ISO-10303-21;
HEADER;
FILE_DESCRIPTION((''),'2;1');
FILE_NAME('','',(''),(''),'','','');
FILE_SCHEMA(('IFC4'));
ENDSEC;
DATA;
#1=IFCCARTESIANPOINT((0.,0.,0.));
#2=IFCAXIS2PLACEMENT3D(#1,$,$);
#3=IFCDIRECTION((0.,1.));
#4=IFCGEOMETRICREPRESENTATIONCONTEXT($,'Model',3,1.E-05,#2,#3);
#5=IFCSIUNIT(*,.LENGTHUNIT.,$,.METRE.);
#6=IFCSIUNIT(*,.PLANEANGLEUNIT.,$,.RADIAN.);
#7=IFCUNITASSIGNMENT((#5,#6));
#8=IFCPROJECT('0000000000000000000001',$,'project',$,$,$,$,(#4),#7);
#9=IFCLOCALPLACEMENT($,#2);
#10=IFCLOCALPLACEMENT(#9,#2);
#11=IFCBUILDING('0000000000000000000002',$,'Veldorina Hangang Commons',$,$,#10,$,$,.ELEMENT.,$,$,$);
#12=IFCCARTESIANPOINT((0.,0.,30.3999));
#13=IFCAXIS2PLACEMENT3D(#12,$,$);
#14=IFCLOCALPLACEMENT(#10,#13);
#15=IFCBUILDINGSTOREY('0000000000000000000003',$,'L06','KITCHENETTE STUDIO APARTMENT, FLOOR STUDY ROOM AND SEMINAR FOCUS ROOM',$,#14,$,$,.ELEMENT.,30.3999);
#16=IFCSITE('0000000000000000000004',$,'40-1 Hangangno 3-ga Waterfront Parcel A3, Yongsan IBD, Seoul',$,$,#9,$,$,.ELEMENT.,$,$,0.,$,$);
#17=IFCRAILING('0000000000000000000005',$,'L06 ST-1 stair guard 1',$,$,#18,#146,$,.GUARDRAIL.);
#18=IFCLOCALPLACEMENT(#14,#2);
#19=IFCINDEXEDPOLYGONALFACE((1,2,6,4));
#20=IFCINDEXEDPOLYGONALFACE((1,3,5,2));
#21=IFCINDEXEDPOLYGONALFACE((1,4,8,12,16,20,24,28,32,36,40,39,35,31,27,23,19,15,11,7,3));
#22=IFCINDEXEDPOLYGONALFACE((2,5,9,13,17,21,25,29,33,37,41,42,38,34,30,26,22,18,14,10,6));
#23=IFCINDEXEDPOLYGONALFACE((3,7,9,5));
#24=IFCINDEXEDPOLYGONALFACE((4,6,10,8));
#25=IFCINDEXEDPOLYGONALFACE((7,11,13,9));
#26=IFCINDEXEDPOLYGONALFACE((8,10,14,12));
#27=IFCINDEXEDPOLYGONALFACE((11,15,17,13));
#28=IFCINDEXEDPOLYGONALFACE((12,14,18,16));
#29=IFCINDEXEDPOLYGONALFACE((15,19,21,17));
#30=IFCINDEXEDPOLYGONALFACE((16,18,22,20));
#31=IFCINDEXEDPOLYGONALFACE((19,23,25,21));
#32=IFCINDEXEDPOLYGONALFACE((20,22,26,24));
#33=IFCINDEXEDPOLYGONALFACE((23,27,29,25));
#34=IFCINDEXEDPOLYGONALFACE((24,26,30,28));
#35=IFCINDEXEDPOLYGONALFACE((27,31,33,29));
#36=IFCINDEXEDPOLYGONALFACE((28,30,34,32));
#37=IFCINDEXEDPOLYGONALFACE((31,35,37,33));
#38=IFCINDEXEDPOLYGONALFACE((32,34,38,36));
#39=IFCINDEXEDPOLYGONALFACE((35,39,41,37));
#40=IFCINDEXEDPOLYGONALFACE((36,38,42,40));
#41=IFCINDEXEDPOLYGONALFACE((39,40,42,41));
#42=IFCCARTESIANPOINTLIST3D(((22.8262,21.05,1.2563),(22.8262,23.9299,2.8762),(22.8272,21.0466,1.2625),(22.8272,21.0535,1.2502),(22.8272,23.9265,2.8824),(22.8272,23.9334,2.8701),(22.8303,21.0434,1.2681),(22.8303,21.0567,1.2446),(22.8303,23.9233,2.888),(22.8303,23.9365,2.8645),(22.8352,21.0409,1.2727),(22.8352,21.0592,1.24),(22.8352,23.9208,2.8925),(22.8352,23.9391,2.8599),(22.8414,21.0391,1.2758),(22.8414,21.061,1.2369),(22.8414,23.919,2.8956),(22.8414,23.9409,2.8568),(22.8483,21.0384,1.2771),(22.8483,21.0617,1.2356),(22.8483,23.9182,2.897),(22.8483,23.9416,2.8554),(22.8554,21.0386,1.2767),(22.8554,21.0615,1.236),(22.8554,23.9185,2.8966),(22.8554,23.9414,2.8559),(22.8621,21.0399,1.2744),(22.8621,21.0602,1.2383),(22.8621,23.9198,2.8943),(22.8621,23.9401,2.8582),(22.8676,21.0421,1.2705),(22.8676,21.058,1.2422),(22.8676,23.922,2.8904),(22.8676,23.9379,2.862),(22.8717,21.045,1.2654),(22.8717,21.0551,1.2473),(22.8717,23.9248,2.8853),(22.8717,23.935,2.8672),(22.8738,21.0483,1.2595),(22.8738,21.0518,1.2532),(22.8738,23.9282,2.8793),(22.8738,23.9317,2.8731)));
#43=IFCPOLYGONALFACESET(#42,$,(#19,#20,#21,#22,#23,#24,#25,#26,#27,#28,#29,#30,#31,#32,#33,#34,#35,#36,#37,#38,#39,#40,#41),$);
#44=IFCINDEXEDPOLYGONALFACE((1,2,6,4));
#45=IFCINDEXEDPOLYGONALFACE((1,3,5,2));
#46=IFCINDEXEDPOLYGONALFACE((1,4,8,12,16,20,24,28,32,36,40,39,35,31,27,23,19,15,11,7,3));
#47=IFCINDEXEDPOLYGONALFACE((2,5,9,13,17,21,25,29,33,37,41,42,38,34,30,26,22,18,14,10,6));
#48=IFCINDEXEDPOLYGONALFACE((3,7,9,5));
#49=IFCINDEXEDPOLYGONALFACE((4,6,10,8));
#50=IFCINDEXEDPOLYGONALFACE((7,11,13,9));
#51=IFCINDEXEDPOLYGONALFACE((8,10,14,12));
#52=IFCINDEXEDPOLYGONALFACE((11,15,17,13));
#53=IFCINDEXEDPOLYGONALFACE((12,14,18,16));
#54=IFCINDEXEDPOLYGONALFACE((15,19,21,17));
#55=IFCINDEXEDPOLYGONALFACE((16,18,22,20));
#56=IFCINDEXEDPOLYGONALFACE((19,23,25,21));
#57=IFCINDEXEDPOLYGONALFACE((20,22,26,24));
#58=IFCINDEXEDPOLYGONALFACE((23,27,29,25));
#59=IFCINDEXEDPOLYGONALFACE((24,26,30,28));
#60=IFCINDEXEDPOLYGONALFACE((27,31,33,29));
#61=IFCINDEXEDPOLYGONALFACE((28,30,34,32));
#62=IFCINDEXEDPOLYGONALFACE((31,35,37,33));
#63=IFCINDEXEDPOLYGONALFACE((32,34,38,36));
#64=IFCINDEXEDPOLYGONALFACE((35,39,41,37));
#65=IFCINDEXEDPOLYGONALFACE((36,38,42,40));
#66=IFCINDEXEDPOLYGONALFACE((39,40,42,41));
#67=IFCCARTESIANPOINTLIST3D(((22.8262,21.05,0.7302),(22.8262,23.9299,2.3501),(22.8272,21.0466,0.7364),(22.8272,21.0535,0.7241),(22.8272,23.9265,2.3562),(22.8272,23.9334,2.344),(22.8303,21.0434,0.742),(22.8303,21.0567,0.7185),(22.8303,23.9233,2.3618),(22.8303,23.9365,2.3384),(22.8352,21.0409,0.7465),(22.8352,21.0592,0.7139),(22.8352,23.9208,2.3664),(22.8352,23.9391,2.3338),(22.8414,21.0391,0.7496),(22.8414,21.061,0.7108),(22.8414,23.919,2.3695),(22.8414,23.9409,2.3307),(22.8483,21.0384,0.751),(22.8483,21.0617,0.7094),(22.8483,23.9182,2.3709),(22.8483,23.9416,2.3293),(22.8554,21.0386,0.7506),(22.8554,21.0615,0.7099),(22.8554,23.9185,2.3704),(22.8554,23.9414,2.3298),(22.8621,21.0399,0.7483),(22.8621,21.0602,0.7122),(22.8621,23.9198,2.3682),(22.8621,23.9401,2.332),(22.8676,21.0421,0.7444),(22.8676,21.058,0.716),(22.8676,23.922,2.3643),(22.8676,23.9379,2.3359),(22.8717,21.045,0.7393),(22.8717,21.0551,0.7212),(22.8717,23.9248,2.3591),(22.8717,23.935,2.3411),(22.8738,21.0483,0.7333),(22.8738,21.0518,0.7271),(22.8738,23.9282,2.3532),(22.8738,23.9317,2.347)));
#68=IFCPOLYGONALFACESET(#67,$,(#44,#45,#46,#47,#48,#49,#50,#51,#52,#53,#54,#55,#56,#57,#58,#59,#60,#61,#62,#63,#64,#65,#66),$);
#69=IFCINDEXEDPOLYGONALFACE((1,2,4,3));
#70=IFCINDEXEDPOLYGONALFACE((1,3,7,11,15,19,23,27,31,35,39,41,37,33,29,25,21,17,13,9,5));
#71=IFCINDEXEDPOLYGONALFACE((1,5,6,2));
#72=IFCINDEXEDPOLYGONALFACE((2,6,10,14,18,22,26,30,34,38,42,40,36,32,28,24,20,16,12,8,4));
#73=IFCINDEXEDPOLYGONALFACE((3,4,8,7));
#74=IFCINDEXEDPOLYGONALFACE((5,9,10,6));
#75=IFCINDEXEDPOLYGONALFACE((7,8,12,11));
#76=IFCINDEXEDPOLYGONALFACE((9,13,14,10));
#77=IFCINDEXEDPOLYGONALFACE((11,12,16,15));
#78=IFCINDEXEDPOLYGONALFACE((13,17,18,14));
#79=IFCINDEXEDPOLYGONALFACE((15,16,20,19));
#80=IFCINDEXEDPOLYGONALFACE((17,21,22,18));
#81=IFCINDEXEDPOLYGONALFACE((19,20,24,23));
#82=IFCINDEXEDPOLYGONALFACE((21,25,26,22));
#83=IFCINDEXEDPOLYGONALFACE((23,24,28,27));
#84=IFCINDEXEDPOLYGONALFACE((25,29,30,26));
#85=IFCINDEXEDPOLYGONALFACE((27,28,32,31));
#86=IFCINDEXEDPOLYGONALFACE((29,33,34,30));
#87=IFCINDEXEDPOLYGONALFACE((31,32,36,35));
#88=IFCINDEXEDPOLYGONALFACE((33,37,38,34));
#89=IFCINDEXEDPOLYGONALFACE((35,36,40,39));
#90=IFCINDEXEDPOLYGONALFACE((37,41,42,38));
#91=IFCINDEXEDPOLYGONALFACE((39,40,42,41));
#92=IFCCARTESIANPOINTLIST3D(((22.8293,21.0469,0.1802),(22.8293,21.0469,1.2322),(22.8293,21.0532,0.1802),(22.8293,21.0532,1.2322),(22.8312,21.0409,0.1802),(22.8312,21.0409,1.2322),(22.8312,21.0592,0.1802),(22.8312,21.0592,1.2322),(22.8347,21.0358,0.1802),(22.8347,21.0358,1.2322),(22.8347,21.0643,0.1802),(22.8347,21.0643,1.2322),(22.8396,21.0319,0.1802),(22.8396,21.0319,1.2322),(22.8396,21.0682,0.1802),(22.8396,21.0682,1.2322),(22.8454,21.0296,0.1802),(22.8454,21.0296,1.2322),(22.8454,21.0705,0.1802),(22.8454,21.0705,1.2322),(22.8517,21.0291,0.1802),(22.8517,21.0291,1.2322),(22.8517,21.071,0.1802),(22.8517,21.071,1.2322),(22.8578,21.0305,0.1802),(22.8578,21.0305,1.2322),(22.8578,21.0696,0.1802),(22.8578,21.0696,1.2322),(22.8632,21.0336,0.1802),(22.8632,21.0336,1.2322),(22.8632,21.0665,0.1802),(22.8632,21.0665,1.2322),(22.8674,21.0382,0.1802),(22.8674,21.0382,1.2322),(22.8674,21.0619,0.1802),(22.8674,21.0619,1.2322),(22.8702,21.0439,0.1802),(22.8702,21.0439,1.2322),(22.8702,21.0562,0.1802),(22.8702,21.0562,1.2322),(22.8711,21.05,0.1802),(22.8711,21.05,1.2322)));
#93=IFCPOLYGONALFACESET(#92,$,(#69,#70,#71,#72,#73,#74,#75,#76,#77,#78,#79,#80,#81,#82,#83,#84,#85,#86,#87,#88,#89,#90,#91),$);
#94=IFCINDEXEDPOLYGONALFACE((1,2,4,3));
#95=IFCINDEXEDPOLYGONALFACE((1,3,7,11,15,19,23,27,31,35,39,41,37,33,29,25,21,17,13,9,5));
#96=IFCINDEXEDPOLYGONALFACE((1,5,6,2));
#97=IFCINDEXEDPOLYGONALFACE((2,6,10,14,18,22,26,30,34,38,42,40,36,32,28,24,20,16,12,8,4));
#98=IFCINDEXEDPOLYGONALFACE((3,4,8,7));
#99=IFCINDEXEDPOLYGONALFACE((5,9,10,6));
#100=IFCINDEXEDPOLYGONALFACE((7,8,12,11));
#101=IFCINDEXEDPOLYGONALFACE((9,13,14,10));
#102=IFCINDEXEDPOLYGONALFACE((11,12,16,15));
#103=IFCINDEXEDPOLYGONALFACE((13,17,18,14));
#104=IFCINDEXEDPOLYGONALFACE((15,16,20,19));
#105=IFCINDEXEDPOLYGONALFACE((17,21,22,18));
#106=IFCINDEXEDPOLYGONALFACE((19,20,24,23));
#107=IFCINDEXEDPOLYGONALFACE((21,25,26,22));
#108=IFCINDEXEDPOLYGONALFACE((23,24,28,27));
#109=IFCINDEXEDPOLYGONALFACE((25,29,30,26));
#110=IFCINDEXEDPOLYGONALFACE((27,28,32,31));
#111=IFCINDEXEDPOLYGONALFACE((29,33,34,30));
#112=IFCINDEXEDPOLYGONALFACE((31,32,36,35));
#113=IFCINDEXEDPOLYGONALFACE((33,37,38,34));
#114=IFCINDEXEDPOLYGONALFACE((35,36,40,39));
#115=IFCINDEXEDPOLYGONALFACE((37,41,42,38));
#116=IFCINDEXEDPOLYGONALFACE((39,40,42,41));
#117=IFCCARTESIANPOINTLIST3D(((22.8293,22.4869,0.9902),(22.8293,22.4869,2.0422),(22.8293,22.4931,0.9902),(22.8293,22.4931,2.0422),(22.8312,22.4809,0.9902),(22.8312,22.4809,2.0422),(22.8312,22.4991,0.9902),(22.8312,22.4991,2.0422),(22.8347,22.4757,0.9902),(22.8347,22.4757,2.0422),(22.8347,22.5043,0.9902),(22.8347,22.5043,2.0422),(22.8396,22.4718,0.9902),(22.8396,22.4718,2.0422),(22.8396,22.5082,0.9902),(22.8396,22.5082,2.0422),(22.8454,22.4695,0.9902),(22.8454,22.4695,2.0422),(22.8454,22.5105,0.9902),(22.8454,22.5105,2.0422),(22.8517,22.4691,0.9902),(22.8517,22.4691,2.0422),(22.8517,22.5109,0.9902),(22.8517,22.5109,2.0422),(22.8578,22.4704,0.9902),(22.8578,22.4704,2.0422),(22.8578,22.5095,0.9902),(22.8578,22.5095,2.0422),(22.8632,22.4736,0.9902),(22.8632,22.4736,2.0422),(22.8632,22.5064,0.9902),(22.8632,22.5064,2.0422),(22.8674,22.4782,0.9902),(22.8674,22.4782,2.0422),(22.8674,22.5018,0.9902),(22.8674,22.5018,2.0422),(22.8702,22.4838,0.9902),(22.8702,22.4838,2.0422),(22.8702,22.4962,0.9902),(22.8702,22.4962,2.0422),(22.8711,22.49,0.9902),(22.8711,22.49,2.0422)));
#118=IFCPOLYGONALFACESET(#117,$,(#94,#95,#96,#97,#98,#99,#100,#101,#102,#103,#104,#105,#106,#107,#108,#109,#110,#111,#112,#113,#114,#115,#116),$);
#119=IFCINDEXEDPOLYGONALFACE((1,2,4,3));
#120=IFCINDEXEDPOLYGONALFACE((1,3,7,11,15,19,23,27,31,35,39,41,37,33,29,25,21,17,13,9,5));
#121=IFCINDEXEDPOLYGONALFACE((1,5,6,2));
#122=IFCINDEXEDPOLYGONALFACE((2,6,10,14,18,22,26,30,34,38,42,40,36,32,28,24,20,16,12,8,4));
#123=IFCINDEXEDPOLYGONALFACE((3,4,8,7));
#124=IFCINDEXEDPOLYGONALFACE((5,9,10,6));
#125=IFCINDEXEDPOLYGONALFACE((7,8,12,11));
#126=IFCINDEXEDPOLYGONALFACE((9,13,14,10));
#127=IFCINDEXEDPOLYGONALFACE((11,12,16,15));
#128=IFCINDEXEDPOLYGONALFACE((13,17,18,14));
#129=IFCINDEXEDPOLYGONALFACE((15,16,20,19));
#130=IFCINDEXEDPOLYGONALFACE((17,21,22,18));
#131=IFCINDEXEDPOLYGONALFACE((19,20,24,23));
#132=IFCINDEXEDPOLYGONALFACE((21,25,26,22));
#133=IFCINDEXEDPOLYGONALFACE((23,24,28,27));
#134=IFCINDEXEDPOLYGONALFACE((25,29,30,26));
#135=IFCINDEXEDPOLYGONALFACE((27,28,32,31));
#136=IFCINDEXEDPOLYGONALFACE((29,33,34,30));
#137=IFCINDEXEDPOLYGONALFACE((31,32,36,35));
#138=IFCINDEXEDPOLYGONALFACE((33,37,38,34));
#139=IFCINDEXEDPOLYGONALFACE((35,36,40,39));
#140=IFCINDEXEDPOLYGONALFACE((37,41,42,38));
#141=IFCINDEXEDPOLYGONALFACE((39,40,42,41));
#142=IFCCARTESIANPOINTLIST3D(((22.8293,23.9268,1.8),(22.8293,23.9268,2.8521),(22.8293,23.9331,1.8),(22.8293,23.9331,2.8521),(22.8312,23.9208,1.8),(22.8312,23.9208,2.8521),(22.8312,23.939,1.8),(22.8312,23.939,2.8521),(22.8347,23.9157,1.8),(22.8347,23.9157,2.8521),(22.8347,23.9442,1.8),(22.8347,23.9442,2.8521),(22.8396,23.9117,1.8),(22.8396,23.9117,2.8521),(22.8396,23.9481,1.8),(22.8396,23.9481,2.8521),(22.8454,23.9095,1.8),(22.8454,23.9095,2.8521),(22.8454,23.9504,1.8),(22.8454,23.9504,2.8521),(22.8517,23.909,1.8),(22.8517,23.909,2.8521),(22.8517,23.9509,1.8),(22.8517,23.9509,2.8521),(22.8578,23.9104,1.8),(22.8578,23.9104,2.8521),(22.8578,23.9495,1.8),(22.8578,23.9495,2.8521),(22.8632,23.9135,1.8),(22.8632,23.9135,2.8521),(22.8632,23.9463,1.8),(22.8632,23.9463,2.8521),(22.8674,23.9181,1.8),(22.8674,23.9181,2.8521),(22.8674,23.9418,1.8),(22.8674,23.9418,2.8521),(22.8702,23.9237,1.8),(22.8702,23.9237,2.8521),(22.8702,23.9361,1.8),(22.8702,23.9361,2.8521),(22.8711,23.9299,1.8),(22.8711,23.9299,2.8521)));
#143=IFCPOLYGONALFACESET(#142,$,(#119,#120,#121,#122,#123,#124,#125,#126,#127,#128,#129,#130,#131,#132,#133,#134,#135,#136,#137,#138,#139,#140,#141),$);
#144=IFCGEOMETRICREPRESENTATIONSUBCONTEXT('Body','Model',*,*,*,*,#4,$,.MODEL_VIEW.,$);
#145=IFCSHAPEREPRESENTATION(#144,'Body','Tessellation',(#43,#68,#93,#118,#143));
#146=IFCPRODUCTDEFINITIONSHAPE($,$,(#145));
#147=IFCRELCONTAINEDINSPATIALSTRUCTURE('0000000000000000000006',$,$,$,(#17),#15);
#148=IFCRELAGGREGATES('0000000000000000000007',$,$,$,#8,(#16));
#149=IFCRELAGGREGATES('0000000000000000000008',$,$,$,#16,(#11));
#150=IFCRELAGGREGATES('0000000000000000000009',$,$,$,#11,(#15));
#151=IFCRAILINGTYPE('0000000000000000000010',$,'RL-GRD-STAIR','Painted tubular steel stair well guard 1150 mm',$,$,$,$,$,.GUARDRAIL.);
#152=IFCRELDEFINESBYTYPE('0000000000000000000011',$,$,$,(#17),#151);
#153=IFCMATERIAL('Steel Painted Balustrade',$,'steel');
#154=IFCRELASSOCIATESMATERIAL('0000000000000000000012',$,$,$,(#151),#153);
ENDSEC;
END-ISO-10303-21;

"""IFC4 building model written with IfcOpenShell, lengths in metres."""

from ifc_helpers import new_model, si_unit, direction, frame, origin, origin_2d, place, context, subcontext, project, spatial, circle, extrude, material, type_object, element, save


model = new_model("IFC4")

# Units and contexts
model_context = context("Model", 3, precision=1e-05, world=origin(), true_north=direction((0.0, 1.0)))
body_context = subcontext(model_context, "Body", "Model", "MODEL_VIEW")
ifc_project = project(units=[si_unit("LENGTHUNIT", "METRE"), si_unit("PLANEANGLEUNIT", "RADIAN")], contexts=[model_context])

# Site, building, storey
site_placement = place(None, origin())
site = spatial("IfcSite", under=ifc_project, at=site_placement, Name="40-1 Hangangno 3-ga Waterfront Parcel A3, Yongsan IBD, Seoul", CompositionType="ELEMENT", RefElevation=0.0)
building_placement = place(site_placement, origin())
building = spatial("IfcBuilding", under=site, at=building_placement, Name="Veldorina Hangang Commons", CompositionType="ELEMENT")
storey_placement = place(building_placement, frame((0.0, 0.0, 30.3999)))
storey = spatial("IfcBuildingStorey", under=building, at=storey_placement, Name="L06", Description="KITCHENETTE STUDIO APARTMENT, FLOOR STUDY ROOM AND SEMINAR FOCUS ROOM", CompositionType="ELEMENT", Elevation=30.3999)

# Railing
ifc_material_1 = material(Name="Steel Painted Balustrade", Category="steel")
railing_type_1 = type_object("IfcRailingType", Name="RL-GRD-STAIR", Description="Painted tubular steel stair well guard 1150 mm", PredefinedType="GUARDRAIL", material=ifc_material_1)
railing_1_placement = place(storey_placement, frame((22.8501, 21.05, 0.1802)))
element("IfcRailing", 1, at=railing_1_placement, inside=storey, type_object=railing_type_1, Name="L06 ST-1 stair guard 1", PredefinedType="GUARDRAIL", context=body_context, shape_type="SweptSolid", body=[
    extrude(circle(Radius=0.0239, at=origin_2d()), frame((0.0, 0.0, 1.0762), z_axis=(0.0, 0.871583, 0.490247), x_axis=(-1.0, 0.0, 0.0)), (0.0, 0.0, 1.0), 3.3042),
    extrude(circle(Radius=0.0239, at=origin_2d()), frame((0.0, 0.0, 0.55), z_axis=(0.0, 0.871583, 0.490247), x_axis=(-1.0, 0.0, 0.0)), (0.0, 0.0, 1.0), 3.3042),
    extrude(circle(Radius=0.021, at=origin_2d()), origin(), (0.0, 0.0, 1.0), 1.052),
    extrude(circle(Radius=0.021, at=origin_2d()), frame((0.0, 1.4399, 0.8101)), (0.0, 0.0, 1.0), 1.052),
    extrude(circle(Radius=0.021, at=origin_2d()), frame((0.0, 2.8799, 1.6199)), (0.0, 0.0, 1.0), 1.052),
])

save(model, "model.ifc")
